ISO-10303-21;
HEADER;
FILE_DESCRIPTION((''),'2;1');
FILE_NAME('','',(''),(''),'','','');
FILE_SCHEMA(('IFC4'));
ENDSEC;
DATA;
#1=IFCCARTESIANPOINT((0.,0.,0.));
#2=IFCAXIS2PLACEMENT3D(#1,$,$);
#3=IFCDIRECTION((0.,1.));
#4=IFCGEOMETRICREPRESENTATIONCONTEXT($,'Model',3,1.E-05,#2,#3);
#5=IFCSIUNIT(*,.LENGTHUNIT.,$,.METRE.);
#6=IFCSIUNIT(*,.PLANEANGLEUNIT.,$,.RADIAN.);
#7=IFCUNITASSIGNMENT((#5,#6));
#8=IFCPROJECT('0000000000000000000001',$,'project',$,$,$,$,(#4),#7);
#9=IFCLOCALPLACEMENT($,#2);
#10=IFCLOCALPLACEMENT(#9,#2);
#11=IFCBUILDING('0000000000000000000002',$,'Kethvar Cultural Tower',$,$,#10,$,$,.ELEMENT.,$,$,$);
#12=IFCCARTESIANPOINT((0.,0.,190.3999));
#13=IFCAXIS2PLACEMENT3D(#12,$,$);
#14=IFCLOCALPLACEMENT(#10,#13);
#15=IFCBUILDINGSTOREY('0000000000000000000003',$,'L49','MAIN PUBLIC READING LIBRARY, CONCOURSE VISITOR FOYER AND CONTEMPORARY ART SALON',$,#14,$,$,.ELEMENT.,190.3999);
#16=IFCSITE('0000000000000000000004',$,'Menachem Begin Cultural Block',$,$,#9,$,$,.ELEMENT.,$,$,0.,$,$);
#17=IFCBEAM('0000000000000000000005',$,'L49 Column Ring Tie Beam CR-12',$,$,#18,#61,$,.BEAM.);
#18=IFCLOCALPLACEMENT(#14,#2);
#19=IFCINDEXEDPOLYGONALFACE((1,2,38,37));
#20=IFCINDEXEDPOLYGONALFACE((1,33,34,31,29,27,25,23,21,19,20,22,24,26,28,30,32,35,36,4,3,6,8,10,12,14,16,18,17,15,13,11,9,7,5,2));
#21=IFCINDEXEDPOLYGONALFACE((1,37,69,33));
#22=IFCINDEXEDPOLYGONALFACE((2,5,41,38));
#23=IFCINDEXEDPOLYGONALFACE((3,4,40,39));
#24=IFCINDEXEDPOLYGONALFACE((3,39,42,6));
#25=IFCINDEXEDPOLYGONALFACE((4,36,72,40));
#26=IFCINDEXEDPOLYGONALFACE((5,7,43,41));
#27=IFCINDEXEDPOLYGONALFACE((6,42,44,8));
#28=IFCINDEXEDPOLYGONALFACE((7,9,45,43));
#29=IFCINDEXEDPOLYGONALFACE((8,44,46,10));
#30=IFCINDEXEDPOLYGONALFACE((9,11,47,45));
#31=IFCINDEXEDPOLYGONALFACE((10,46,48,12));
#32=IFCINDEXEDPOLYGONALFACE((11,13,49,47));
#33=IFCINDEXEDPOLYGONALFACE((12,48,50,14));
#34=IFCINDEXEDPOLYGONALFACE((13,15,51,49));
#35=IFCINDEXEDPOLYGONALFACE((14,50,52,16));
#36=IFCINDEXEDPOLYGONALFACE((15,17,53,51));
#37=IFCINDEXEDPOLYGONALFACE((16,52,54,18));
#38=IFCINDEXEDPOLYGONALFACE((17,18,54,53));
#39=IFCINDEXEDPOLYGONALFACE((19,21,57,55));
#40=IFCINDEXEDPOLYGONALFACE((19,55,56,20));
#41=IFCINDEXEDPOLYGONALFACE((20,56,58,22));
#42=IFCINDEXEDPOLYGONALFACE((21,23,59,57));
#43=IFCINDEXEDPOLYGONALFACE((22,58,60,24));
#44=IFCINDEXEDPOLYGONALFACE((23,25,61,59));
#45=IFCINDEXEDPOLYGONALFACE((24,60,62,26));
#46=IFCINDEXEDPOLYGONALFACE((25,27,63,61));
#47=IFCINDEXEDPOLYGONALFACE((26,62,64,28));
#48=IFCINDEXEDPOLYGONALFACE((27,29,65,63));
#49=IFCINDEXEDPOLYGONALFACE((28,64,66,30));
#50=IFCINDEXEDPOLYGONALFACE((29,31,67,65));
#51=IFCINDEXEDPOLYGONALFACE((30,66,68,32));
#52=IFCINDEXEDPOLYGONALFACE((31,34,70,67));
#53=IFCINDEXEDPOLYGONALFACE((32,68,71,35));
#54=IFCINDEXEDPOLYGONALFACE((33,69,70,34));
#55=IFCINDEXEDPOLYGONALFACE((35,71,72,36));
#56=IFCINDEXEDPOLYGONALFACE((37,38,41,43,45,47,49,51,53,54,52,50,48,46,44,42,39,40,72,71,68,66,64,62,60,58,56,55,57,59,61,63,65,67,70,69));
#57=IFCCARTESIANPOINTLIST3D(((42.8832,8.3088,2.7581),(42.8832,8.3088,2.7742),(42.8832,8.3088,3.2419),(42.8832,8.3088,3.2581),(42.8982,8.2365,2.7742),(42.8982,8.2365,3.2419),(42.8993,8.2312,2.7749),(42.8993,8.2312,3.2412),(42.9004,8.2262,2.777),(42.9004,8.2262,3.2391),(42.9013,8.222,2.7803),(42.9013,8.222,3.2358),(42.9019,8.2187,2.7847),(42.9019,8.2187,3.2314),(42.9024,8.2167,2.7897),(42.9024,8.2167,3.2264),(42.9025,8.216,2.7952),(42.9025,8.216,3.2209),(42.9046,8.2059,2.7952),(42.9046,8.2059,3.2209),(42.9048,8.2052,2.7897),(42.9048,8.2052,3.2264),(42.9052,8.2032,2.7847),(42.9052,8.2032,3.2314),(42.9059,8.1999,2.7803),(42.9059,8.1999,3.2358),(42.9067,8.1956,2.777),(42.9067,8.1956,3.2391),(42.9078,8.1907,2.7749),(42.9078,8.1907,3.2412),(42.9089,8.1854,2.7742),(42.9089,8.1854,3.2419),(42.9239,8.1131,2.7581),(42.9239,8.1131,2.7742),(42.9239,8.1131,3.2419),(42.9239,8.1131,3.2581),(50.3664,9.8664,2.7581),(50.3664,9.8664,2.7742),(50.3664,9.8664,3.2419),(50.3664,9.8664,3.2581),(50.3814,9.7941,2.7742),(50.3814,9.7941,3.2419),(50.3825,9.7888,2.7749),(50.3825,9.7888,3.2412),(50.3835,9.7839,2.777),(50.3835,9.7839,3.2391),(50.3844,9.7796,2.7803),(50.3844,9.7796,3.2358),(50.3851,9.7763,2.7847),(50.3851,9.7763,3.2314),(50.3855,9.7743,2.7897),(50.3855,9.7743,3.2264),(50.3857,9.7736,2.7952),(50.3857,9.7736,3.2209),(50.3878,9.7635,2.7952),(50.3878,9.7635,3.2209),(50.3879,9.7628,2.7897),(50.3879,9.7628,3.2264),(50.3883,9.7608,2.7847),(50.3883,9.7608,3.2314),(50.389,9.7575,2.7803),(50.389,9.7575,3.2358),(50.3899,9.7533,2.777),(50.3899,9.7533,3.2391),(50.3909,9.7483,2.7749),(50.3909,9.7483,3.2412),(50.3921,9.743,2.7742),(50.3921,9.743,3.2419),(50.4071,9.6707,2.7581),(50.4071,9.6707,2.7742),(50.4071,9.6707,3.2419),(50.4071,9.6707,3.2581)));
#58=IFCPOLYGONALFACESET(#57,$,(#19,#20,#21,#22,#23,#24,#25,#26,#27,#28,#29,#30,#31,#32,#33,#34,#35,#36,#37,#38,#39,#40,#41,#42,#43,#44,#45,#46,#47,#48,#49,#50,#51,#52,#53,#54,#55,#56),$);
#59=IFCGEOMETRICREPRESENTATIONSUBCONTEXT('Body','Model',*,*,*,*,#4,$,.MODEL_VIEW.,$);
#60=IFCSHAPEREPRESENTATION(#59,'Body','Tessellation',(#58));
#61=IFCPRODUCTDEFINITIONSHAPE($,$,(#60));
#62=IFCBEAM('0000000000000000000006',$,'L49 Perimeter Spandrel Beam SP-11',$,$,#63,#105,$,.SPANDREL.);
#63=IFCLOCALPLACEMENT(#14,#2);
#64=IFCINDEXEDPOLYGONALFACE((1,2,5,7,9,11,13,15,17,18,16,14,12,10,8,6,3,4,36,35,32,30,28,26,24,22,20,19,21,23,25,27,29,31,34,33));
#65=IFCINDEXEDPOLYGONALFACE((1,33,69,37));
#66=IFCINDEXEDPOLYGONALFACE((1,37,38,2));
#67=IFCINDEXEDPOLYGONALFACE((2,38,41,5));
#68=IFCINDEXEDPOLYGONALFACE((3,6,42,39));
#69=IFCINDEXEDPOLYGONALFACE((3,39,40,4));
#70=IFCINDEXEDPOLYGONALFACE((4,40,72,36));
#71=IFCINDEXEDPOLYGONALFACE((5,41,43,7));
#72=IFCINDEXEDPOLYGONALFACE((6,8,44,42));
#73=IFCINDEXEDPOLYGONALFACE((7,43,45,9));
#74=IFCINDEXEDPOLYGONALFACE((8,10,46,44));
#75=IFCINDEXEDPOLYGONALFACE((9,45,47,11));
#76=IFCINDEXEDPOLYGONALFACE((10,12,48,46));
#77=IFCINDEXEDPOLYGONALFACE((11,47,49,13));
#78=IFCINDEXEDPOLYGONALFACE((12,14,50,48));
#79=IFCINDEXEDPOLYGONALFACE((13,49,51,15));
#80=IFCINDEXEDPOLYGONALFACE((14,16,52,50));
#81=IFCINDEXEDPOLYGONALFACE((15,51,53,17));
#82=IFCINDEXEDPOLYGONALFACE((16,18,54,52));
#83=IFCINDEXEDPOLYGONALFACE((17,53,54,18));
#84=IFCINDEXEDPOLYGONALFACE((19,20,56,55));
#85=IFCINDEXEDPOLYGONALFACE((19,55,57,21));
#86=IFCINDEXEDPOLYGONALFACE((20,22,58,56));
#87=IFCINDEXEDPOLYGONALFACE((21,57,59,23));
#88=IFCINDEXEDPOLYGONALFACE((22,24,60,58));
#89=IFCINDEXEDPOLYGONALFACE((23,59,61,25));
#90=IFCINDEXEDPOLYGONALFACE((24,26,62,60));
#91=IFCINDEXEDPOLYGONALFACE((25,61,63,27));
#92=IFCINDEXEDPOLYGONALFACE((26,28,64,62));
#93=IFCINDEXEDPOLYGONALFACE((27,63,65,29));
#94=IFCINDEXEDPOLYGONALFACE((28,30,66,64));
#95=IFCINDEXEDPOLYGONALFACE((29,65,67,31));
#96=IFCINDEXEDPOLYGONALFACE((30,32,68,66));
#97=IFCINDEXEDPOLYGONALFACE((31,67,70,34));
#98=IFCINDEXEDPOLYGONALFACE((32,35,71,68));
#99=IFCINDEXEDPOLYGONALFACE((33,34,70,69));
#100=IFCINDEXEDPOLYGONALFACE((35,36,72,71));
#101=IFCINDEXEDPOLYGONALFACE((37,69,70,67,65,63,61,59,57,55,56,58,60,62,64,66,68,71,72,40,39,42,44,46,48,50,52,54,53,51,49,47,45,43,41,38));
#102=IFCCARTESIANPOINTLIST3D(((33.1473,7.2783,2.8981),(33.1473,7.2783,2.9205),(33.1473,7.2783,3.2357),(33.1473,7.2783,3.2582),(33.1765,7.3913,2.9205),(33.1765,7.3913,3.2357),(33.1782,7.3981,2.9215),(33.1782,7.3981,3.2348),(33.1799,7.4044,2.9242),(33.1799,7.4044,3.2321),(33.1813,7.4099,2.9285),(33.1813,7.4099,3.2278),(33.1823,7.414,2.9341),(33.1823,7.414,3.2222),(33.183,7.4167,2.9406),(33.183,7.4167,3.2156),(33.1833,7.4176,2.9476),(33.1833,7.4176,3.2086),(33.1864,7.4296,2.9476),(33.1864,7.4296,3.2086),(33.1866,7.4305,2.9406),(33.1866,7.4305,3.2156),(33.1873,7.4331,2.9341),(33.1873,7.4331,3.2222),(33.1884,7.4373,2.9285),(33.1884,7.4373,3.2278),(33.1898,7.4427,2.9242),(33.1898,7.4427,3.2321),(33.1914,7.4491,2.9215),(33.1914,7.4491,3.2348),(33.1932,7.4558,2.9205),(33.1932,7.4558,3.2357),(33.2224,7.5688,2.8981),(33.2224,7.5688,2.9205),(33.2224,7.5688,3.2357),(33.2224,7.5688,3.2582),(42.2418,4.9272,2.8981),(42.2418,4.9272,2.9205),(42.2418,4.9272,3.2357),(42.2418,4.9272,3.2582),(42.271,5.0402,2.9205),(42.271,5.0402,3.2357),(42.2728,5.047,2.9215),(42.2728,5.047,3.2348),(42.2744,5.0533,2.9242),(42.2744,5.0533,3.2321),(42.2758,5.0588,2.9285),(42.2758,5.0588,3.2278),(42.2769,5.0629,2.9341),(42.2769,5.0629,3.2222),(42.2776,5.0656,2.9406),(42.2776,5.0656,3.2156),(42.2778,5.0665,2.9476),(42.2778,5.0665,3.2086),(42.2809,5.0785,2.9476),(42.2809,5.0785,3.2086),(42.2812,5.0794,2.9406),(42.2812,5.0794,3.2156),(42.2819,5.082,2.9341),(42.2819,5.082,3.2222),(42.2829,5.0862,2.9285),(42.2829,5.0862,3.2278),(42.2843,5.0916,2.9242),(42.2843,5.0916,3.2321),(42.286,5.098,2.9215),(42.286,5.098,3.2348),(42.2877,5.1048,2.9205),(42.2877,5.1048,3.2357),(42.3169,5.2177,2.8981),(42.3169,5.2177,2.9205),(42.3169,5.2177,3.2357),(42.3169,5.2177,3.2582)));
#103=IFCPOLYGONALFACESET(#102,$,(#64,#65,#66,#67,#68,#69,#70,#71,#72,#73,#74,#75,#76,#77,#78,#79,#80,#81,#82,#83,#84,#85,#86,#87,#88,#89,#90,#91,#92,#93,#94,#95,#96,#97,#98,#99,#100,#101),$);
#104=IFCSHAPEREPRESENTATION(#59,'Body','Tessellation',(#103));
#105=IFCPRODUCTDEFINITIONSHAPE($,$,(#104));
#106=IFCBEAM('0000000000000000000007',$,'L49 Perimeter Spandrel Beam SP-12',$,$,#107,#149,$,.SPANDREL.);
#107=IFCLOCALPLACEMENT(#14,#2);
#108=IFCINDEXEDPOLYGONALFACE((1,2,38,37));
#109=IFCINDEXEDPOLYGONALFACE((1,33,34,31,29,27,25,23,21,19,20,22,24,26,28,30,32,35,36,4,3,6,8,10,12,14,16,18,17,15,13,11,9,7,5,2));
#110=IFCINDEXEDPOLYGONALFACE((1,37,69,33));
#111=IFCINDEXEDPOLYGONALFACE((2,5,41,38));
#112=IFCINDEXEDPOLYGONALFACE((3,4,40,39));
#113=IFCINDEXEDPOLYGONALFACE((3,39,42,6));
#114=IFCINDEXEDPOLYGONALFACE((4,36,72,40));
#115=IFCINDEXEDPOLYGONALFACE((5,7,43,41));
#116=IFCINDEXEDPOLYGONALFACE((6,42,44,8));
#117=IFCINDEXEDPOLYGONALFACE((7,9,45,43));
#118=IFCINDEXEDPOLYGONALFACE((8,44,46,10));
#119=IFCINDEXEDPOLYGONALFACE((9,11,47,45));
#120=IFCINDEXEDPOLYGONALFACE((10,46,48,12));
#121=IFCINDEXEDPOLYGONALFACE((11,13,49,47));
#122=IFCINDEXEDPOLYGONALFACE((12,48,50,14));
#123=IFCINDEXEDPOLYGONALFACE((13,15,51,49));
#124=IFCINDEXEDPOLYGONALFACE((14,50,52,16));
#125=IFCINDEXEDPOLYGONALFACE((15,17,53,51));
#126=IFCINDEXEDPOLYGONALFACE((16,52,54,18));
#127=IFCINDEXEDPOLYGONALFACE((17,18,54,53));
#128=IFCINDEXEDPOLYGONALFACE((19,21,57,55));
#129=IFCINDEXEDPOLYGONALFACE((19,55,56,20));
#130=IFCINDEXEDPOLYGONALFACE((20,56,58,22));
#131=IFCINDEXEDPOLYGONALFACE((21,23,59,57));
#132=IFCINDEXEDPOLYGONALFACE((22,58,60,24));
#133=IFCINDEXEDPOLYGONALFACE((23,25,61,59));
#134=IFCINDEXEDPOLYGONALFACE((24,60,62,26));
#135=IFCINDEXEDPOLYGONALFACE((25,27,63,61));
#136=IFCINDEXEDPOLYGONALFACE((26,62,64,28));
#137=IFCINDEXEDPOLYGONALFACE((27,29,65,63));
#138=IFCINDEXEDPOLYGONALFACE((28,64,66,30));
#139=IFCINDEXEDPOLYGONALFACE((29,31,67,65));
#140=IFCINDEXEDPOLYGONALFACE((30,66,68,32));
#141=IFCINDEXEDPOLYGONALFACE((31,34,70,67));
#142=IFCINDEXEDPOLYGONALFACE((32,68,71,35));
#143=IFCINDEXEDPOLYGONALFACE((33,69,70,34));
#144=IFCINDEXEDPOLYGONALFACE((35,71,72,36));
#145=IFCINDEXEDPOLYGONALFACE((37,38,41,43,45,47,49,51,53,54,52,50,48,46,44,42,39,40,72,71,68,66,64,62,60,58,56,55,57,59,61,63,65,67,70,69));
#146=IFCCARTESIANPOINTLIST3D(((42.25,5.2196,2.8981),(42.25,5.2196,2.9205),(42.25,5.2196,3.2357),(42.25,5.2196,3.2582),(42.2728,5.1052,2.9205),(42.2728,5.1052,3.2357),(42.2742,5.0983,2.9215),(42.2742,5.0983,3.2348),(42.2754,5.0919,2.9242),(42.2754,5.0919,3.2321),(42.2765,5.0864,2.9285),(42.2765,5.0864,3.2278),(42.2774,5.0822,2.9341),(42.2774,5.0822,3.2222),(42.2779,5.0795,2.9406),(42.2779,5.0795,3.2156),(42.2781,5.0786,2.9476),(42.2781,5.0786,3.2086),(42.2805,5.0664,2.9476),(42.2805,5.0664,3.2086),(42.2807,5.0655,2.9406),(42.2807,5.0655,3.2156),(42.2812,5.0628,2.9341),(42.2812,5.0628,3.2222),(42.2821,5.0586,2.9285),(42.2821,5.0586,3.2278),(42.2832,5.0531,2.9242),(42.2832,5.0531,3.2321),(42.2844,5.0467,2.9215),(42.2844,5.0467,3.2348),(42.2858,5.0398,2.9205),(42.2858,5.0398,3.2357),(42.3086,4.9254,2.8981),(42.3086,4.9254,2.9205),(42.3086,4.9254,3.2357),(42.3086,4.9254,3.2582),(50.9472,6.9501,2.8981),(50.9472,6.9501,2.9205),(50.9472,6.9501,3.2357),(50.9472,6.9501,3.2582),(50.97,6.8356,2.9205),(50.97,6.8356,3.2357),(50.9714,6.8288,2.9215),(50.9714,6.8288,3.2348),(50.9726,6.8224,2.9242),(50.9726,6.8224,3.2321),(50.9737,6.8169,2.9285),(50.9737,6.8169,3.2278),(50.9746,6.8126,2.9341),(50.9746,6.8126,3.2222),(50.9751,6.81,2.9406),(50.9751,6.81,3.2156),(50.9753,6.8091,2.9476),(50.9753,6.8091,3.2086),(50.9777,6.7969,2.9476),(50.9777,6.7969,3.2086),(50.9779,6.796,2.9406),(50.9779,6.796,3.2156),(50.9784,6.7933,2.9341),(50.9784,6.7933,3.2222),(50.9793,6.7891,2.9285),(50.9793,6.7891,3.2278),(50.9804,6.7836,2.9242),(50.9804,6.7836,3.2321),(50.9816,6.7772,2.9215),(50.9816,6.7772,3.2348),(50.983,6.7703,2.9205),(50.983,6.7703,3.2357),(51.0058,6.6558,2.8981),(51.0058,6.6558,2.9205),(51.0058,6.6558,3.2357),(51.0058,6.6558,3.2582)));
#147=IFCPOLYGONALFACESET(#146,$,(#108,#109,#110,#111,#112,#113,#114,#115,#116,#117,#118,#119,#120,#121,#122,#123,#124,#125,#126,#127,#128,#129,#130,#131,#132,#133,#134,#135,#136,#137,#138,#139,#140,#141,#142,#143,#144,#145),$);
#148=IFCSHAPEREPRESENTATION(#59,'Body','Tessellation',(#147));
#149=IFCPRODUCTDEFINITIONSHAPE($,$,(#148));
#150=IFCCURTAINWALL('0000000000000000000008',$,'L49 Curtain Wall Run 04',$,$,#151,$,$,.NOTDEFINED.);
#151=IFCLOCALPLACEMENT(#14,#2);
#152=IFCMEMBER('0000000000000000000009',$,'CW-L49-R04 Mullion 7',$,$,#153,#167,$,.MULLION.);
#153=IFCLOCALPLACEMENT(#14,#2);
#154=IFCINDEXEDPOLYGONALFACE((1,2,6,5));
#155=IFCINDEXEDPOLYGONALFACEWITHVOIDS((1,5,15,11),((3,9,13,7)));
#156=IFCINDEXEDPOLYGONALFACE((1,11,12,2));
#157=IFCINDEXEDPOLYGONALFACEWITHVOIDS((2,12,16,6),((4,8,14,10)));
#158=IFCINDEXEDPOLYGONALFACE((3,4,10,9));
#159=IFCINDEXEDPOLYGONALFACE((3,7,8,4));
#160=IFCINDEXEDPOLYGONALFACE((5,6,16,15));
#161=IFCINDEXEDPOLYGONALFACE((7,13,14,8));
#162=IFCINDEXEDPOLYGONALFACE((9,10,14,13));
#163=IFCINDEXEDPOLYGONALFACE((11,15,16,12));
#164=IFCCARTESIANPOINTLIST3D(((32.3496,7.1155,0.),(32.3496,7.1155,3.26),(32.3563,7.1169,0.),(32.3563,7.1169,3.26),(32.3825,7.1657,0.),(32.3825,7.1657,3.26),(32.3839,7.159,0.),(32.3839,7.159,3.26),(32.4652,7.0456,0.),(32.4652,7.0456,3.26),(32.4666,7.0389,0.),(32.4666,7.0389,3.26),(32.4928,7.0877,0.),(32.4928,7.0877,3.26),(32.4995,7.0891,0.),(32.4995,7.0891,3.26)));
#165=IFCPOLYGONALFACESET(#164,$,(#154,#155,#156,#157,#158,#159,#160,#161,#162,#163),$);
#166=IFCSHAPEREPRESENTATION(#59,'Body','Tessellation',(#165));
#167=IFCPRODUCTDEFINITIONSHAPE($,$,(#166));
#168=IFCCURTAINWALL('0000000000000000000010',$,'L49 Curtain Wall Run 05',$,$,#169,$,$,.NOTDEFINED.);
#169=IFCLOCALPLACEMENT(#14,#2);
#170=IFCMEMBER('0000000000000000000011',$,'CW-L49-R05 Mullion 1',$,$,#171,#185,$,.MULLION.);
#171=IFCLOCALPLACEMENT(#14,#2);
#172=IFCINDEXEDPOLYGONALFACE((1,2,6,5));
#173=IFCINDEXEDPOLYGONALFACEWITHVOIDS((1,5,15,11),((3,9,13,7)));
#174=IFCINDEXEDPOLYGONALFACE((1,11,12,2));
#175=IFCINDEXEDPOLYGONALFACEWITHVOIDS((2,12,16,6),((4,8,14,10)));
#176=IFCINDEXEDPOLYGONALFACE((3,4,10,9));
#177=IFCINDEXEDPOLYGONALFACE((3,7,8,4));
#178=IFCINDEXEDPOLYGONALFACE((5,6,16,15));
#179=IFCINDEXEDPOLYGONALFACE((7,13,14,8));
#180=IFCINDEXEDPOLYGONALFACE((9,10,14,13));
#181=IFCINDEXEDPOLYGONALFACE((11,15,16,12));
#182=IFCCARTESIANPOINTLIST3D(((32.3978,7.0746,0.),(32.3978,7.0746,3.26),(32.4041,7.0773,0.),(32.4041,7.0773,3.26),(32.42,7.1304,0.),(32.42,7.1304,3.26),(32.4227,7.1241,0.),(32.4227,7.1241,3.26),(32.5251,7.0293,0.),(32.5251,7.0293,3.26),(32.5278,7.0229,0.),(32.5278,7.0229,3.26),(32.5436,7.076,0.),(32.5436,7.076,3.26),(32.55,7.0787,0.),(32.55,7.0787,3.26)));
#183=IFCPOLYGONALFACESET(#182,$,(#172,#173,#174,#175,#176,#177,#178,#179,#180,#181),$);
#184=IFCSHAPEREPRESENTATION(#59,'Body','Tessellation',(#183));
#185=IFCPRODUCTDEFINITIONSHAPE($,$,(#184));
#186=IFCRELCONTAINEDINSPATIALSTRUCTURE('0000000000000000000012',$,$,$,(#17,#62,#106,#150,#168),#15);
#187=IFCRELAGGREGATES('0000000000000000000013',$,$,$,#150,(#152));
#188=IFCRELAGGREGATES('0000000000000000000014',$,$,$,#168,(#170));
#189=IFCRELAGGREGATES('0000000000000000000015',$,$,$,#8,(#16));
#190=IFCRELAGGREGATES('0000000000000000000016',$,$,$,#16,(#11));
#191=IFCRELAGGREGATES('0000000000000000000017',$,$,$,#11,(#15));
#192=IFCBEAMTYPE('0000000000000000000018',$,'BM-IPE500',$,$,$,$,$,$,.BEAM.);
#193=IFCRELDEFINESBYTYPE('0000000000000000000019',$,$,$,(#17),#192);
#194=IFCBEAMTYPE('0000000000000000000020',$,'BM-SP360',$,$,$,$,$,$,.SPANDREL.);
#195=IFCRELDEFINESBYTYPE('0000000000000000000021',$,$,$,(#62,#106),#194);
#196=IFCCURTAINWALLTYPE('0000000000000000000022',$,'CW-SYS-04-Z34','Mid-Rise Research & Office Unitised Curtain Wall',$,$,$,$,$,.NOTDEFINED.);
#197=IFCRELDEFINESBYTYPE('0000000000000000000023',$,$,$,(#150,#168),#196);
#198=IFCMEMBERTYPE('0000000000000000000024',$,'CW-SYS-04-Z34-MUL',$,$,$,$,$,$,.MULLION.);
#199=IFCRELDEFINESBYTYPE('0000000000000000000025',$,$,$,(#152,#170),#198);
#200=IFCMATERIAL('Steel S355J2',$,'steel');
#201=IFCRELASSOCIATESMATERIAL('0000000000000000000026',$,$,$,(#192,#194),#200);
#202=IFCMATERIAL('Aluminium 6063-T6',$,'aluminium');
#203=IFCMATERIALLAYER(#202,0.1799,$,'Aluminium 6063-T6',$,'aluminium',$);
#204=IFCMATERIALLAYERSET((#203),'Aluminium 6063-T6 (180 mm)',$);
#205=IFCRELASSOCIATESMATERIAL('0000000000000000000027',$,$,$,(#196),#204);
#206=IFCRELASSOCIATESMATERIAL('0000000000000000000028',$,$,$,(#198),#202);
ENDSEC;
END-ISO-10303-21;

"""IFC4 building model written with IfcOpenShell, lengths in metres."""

from ifc_helpers import new_model, si_unit, direction, frame, origin, origin_2d, place, context, subcontext, project, spatial, hollow_rectangle, i_section, extrude, source, transform, mapped, material, layer, layer_set, material_profile, profile_set, type_object, element, aggregate, save


model = new_model("IFC4")

# Units and contexts
model_context = context("Model", 3, precision=1e-05, world=origin(), true_north=direction((0.0, 1.0)))
body_context = subcontext(model_context, "Body", "Model", "MODEL_VIEW")
ifc_project = project(units=[si_unit("LENGTHUNIT", "METRE"), si_unit("PLANEANGLEUNIT", "RADIAN")], contexts=[model_context])

# Site, building, storey
site_placement = place(None, origin())
site = spatial("IfcSite", under=ifc_project, at=site_placement, Name="Menachem Begin Cultural Block", CompositionType="ELEMENT", RefElevation=0.0)
building_placement = place(site_placement, origin())
building = spatial("IfcBuilding", under=site, at=building_placement, Name="Kethvar Cultural Tower", CompositionType="ELEMENT")
storey_placement = place(building_placement, frame((0.0, 0.0, 190.3999)))
storey = spatial("IfcBuildingStorey", under=building, at=storey_placement, Name="L49", Description="MAIN PUBLIC READING LIBRARY, CONCOURSE VISITOR FOYER AND CONTEMPORARY ART SALON", CompositionType="ELEMENT", Elevation=190.3999)

# Beams
ifc_material_1 = material(Name="Steel S355J2", Category="steel")
ifc_material_profile_1 = material_profile(ifc_material_1, i_section(OverallWidth=0.2, OverallDepth=0.5, WebThickness=0.0103, FlangeThickness=0.0161, FilletRadius=0.021, at=origin_2d()), Name="Steel S355J2 — IPE500")
ifc_profile_set_1 = profile_set([ifc_material_profile_1], Name="Steel S355J2 — IPE500")
beam_type_1 = type_object("IfcBeamType", Name="BM-IPE500", PredefinedType="BEAM", material=ifc_profile_set_1)
shared_shape_1 = source(origin(), body_context, "Body", "SweptSolid", [
    extrude(i_section(OverallWidth=0.2, OverallDepth=0.5, WebThickness=0.0103, FlangeThickness=0.0161, FilletRadius=0.021, at=origin_2d()), origin(), (0.0, 0.0, 1.0), 7.6436),
])
beam_1_placement = place(storey_placement, frame((42.9036, 8.2109, 3.0081), z_axis=(0.979016, 0.203782, 0.0), x_axis=(-0.203782, 0.979016, 0.0)))
element("IfcBeam", 1, at=beam_1_placement, inside=storey, type_object=beam_type_1, Name="L49 Column Ring Tie Beam CR-12", PredefinedType="BEAM", context=body_context, shape_type="MappedRepresentation", body=[
    mapped(shared_shape_1, transform((0.0, 0.0, 0.0), scale=1.0)),
])
ifc_material_profile_2 = material_profile(ifc_material_1, i_section(OverallWidth=0.3, OverallDepth=0.3601, WebThickness=0.0125, FlangeThickness=0.0225, FilletRadius=0.0271, at=origin_2d()), Name="Steel S355J2 — HEB360")
ifc_profile_set_2 = profile_set([ifc_material_profile_2], Name="Steel S355J2 — HEB360")
beam_type_2 = type_object("IfcBeamType", Name="BM-SP360", PredefinedType="SPANDREL", material=ifc_profile_set_2)
shared_shape_2 = source(origin(), body_context, "Body", "SweptSolid", [
    extrude(i_section(OverallWidth=0.3, OverallDepth=0.3601, WebThickness=0.0125, FlangeThickness=0.0225, FilletRadius=0.0271, at=origin_2d()), origin(), (0.0, 0.0, 1.0), 9.3936),
])
beam_2_placement = place(storey_placement, frame((33.1848, 7.4236, 3.0781), z_axis=(0.968171, -0.250288, 0.0), x_axis=(0.250288, 0.968171, 0.0)))
element("IfcBeam", 2, at=beam_2_placement, inside=storey, type_object=beam_type_2, Name="L49 Perimeter Spandrel Beam SP-11", PredefinedType="SPANDREL", context=body_context, shape_type="MappedRepresentation", body=[
    mapped(shared_shape_2, transform((0.0, 0.0, 0.0), scale=1.0)),
])
shared_shape_3 = source(origin(), body_context, "Body", "SweptSolid", [
    extrude(i_section(OverallWidth=0.3, OverallDepth=0.3601, WebThickness=0.0125, FlangeThickness=0.0225, FilletRadius=0.0271, at=origin_2d()), origin(), (0.0, 0.0, 1.0), 8.8677),
])
beam_3_placement = place(storey_placement, frame((42.2793, 5.0725, 3.0781), z_axis=(0.980775, 0.195142, 0.0), x_axis=(-0.195142, 0.980775, 0.0)))
element("IfcBeam", 3, at=beam_3_placement, inside=storey, type_object=beam_type_2, Name="L49 Perimeter Spandrel Beam SP-12", PredefinedType="SPANDREL", context=body_context, shape_type="MappedRepresentation", body=[
    mapped(shared_shape_3, transform((0.0, 0.0, 0.0), scale=1.0)),
])

# Curtain wall, member
ifc_material_2 = material(Name="Aluminium 6063-T6", Category="aluminium")
ifc_layer_1 = layer(ifc_material_2, 0.1799, Name="Aluminium 6063-T6", Category="aluminium")
ifc_layer_set_1 = layer_set([ifc_layer_1], Name="Aluminium 6063-T6 (180 mm)")
curtain_wall_type = type_object("IfcCurtainWallType", Name="CW-SYS-04-Z34", Description="Mid-Rise Research & Office Unitised Curtain Wall", PredefinedType="NOTDEFINED", material=ifc_layer_set_1)
curtain_wall_1_placement = place(storey_placement, origin())
curtain_wall_1 = element("IfcCurtainWall", 4, at=curtain_wall_1_placement, inside=storey, type_object=curtain_wall_type, Name="L49 Curtain Wall Run 04", PredefinedType="NOTDEFINED")
ifc_material_profile_3 = material_profile(ifc_material_2, hollow_rectangle(XDim=0.0601, YDim=0.1399, WallThickness=0.0049, at=origin_2d()), Name="Aluminium 6063-T6 — RHS140x60x5")
ifc_profile_set_3 = profile_set([ifc_material_profile_3], Name="Aluminium 6063-T6 — RHS140x60x5")
member_type_1 = type_object("IfcMemberType", Name="CW-SYS-04-Z34-MUL", PredefinedType="MULLION", material=ifc_profile_set_3)
shared_shape_4 = source(origin(), body_context, "Body", "SweptSolid", [
    extrude(hollow_rectangle(XDim=0.0601, YDim=0.1399, WallThickness=0.0049, at=origin_2d()), origin(), (0.0, 0.0, 1.0), 3.26),
])
member_1_placement = place(storey_placement, frame((32.4246, 7.1023, 0.0), z_axis=(0.0, 0.0, 1.0), x_axis=(0.547578, 0.836755, 0.0)))
member_1 = element("IfcMember", 5, at=member_1_placement, type_object=member_type_1, Name="CW-L49-R04 Mullion 7", PredefinedType="MULLION", context=body_context, shape_type="MappedRepresentation", body=[
    mapped(shared_shape_4, transform((0.0, 0.0, 0.0), scale=1.0)),
])
aggregate(curtain_wall_1, [member_1])

# Curtain wall, member
curtain_wall_2_placement = place(storey_placement, origin())
curtain_wall_2 = element("IfcCurtainWall", 6, at=curtain_wall_2_placement, inside=storey, type_object=curtain_wall_type, Name="L49 Curtain Wall Run 05", PredefinedType="NOTDEFINED")
member_2_placement = place(storey_placement, frame((32.4739, 7.0767, 0.0), z_axis=(0.0, 0.0, 1.0), x_axis=(0.369212, 0.929345, 0.0)))
member_2 = element("IfcMember", 7, at=member_2_placement, type_object=member_type_1, Name="CW-L49-R05 Mullion 1", PredefinedType="MULLION", context=body_context, shape_type="MappedRepresentation", body=[
    mapped(shared_shape_4, transform((0.0, 0.0, 0.0), scale=1.0)),
])
aggregate(curtain_wall_2, [member_2])

save(model, "model.ifc")
